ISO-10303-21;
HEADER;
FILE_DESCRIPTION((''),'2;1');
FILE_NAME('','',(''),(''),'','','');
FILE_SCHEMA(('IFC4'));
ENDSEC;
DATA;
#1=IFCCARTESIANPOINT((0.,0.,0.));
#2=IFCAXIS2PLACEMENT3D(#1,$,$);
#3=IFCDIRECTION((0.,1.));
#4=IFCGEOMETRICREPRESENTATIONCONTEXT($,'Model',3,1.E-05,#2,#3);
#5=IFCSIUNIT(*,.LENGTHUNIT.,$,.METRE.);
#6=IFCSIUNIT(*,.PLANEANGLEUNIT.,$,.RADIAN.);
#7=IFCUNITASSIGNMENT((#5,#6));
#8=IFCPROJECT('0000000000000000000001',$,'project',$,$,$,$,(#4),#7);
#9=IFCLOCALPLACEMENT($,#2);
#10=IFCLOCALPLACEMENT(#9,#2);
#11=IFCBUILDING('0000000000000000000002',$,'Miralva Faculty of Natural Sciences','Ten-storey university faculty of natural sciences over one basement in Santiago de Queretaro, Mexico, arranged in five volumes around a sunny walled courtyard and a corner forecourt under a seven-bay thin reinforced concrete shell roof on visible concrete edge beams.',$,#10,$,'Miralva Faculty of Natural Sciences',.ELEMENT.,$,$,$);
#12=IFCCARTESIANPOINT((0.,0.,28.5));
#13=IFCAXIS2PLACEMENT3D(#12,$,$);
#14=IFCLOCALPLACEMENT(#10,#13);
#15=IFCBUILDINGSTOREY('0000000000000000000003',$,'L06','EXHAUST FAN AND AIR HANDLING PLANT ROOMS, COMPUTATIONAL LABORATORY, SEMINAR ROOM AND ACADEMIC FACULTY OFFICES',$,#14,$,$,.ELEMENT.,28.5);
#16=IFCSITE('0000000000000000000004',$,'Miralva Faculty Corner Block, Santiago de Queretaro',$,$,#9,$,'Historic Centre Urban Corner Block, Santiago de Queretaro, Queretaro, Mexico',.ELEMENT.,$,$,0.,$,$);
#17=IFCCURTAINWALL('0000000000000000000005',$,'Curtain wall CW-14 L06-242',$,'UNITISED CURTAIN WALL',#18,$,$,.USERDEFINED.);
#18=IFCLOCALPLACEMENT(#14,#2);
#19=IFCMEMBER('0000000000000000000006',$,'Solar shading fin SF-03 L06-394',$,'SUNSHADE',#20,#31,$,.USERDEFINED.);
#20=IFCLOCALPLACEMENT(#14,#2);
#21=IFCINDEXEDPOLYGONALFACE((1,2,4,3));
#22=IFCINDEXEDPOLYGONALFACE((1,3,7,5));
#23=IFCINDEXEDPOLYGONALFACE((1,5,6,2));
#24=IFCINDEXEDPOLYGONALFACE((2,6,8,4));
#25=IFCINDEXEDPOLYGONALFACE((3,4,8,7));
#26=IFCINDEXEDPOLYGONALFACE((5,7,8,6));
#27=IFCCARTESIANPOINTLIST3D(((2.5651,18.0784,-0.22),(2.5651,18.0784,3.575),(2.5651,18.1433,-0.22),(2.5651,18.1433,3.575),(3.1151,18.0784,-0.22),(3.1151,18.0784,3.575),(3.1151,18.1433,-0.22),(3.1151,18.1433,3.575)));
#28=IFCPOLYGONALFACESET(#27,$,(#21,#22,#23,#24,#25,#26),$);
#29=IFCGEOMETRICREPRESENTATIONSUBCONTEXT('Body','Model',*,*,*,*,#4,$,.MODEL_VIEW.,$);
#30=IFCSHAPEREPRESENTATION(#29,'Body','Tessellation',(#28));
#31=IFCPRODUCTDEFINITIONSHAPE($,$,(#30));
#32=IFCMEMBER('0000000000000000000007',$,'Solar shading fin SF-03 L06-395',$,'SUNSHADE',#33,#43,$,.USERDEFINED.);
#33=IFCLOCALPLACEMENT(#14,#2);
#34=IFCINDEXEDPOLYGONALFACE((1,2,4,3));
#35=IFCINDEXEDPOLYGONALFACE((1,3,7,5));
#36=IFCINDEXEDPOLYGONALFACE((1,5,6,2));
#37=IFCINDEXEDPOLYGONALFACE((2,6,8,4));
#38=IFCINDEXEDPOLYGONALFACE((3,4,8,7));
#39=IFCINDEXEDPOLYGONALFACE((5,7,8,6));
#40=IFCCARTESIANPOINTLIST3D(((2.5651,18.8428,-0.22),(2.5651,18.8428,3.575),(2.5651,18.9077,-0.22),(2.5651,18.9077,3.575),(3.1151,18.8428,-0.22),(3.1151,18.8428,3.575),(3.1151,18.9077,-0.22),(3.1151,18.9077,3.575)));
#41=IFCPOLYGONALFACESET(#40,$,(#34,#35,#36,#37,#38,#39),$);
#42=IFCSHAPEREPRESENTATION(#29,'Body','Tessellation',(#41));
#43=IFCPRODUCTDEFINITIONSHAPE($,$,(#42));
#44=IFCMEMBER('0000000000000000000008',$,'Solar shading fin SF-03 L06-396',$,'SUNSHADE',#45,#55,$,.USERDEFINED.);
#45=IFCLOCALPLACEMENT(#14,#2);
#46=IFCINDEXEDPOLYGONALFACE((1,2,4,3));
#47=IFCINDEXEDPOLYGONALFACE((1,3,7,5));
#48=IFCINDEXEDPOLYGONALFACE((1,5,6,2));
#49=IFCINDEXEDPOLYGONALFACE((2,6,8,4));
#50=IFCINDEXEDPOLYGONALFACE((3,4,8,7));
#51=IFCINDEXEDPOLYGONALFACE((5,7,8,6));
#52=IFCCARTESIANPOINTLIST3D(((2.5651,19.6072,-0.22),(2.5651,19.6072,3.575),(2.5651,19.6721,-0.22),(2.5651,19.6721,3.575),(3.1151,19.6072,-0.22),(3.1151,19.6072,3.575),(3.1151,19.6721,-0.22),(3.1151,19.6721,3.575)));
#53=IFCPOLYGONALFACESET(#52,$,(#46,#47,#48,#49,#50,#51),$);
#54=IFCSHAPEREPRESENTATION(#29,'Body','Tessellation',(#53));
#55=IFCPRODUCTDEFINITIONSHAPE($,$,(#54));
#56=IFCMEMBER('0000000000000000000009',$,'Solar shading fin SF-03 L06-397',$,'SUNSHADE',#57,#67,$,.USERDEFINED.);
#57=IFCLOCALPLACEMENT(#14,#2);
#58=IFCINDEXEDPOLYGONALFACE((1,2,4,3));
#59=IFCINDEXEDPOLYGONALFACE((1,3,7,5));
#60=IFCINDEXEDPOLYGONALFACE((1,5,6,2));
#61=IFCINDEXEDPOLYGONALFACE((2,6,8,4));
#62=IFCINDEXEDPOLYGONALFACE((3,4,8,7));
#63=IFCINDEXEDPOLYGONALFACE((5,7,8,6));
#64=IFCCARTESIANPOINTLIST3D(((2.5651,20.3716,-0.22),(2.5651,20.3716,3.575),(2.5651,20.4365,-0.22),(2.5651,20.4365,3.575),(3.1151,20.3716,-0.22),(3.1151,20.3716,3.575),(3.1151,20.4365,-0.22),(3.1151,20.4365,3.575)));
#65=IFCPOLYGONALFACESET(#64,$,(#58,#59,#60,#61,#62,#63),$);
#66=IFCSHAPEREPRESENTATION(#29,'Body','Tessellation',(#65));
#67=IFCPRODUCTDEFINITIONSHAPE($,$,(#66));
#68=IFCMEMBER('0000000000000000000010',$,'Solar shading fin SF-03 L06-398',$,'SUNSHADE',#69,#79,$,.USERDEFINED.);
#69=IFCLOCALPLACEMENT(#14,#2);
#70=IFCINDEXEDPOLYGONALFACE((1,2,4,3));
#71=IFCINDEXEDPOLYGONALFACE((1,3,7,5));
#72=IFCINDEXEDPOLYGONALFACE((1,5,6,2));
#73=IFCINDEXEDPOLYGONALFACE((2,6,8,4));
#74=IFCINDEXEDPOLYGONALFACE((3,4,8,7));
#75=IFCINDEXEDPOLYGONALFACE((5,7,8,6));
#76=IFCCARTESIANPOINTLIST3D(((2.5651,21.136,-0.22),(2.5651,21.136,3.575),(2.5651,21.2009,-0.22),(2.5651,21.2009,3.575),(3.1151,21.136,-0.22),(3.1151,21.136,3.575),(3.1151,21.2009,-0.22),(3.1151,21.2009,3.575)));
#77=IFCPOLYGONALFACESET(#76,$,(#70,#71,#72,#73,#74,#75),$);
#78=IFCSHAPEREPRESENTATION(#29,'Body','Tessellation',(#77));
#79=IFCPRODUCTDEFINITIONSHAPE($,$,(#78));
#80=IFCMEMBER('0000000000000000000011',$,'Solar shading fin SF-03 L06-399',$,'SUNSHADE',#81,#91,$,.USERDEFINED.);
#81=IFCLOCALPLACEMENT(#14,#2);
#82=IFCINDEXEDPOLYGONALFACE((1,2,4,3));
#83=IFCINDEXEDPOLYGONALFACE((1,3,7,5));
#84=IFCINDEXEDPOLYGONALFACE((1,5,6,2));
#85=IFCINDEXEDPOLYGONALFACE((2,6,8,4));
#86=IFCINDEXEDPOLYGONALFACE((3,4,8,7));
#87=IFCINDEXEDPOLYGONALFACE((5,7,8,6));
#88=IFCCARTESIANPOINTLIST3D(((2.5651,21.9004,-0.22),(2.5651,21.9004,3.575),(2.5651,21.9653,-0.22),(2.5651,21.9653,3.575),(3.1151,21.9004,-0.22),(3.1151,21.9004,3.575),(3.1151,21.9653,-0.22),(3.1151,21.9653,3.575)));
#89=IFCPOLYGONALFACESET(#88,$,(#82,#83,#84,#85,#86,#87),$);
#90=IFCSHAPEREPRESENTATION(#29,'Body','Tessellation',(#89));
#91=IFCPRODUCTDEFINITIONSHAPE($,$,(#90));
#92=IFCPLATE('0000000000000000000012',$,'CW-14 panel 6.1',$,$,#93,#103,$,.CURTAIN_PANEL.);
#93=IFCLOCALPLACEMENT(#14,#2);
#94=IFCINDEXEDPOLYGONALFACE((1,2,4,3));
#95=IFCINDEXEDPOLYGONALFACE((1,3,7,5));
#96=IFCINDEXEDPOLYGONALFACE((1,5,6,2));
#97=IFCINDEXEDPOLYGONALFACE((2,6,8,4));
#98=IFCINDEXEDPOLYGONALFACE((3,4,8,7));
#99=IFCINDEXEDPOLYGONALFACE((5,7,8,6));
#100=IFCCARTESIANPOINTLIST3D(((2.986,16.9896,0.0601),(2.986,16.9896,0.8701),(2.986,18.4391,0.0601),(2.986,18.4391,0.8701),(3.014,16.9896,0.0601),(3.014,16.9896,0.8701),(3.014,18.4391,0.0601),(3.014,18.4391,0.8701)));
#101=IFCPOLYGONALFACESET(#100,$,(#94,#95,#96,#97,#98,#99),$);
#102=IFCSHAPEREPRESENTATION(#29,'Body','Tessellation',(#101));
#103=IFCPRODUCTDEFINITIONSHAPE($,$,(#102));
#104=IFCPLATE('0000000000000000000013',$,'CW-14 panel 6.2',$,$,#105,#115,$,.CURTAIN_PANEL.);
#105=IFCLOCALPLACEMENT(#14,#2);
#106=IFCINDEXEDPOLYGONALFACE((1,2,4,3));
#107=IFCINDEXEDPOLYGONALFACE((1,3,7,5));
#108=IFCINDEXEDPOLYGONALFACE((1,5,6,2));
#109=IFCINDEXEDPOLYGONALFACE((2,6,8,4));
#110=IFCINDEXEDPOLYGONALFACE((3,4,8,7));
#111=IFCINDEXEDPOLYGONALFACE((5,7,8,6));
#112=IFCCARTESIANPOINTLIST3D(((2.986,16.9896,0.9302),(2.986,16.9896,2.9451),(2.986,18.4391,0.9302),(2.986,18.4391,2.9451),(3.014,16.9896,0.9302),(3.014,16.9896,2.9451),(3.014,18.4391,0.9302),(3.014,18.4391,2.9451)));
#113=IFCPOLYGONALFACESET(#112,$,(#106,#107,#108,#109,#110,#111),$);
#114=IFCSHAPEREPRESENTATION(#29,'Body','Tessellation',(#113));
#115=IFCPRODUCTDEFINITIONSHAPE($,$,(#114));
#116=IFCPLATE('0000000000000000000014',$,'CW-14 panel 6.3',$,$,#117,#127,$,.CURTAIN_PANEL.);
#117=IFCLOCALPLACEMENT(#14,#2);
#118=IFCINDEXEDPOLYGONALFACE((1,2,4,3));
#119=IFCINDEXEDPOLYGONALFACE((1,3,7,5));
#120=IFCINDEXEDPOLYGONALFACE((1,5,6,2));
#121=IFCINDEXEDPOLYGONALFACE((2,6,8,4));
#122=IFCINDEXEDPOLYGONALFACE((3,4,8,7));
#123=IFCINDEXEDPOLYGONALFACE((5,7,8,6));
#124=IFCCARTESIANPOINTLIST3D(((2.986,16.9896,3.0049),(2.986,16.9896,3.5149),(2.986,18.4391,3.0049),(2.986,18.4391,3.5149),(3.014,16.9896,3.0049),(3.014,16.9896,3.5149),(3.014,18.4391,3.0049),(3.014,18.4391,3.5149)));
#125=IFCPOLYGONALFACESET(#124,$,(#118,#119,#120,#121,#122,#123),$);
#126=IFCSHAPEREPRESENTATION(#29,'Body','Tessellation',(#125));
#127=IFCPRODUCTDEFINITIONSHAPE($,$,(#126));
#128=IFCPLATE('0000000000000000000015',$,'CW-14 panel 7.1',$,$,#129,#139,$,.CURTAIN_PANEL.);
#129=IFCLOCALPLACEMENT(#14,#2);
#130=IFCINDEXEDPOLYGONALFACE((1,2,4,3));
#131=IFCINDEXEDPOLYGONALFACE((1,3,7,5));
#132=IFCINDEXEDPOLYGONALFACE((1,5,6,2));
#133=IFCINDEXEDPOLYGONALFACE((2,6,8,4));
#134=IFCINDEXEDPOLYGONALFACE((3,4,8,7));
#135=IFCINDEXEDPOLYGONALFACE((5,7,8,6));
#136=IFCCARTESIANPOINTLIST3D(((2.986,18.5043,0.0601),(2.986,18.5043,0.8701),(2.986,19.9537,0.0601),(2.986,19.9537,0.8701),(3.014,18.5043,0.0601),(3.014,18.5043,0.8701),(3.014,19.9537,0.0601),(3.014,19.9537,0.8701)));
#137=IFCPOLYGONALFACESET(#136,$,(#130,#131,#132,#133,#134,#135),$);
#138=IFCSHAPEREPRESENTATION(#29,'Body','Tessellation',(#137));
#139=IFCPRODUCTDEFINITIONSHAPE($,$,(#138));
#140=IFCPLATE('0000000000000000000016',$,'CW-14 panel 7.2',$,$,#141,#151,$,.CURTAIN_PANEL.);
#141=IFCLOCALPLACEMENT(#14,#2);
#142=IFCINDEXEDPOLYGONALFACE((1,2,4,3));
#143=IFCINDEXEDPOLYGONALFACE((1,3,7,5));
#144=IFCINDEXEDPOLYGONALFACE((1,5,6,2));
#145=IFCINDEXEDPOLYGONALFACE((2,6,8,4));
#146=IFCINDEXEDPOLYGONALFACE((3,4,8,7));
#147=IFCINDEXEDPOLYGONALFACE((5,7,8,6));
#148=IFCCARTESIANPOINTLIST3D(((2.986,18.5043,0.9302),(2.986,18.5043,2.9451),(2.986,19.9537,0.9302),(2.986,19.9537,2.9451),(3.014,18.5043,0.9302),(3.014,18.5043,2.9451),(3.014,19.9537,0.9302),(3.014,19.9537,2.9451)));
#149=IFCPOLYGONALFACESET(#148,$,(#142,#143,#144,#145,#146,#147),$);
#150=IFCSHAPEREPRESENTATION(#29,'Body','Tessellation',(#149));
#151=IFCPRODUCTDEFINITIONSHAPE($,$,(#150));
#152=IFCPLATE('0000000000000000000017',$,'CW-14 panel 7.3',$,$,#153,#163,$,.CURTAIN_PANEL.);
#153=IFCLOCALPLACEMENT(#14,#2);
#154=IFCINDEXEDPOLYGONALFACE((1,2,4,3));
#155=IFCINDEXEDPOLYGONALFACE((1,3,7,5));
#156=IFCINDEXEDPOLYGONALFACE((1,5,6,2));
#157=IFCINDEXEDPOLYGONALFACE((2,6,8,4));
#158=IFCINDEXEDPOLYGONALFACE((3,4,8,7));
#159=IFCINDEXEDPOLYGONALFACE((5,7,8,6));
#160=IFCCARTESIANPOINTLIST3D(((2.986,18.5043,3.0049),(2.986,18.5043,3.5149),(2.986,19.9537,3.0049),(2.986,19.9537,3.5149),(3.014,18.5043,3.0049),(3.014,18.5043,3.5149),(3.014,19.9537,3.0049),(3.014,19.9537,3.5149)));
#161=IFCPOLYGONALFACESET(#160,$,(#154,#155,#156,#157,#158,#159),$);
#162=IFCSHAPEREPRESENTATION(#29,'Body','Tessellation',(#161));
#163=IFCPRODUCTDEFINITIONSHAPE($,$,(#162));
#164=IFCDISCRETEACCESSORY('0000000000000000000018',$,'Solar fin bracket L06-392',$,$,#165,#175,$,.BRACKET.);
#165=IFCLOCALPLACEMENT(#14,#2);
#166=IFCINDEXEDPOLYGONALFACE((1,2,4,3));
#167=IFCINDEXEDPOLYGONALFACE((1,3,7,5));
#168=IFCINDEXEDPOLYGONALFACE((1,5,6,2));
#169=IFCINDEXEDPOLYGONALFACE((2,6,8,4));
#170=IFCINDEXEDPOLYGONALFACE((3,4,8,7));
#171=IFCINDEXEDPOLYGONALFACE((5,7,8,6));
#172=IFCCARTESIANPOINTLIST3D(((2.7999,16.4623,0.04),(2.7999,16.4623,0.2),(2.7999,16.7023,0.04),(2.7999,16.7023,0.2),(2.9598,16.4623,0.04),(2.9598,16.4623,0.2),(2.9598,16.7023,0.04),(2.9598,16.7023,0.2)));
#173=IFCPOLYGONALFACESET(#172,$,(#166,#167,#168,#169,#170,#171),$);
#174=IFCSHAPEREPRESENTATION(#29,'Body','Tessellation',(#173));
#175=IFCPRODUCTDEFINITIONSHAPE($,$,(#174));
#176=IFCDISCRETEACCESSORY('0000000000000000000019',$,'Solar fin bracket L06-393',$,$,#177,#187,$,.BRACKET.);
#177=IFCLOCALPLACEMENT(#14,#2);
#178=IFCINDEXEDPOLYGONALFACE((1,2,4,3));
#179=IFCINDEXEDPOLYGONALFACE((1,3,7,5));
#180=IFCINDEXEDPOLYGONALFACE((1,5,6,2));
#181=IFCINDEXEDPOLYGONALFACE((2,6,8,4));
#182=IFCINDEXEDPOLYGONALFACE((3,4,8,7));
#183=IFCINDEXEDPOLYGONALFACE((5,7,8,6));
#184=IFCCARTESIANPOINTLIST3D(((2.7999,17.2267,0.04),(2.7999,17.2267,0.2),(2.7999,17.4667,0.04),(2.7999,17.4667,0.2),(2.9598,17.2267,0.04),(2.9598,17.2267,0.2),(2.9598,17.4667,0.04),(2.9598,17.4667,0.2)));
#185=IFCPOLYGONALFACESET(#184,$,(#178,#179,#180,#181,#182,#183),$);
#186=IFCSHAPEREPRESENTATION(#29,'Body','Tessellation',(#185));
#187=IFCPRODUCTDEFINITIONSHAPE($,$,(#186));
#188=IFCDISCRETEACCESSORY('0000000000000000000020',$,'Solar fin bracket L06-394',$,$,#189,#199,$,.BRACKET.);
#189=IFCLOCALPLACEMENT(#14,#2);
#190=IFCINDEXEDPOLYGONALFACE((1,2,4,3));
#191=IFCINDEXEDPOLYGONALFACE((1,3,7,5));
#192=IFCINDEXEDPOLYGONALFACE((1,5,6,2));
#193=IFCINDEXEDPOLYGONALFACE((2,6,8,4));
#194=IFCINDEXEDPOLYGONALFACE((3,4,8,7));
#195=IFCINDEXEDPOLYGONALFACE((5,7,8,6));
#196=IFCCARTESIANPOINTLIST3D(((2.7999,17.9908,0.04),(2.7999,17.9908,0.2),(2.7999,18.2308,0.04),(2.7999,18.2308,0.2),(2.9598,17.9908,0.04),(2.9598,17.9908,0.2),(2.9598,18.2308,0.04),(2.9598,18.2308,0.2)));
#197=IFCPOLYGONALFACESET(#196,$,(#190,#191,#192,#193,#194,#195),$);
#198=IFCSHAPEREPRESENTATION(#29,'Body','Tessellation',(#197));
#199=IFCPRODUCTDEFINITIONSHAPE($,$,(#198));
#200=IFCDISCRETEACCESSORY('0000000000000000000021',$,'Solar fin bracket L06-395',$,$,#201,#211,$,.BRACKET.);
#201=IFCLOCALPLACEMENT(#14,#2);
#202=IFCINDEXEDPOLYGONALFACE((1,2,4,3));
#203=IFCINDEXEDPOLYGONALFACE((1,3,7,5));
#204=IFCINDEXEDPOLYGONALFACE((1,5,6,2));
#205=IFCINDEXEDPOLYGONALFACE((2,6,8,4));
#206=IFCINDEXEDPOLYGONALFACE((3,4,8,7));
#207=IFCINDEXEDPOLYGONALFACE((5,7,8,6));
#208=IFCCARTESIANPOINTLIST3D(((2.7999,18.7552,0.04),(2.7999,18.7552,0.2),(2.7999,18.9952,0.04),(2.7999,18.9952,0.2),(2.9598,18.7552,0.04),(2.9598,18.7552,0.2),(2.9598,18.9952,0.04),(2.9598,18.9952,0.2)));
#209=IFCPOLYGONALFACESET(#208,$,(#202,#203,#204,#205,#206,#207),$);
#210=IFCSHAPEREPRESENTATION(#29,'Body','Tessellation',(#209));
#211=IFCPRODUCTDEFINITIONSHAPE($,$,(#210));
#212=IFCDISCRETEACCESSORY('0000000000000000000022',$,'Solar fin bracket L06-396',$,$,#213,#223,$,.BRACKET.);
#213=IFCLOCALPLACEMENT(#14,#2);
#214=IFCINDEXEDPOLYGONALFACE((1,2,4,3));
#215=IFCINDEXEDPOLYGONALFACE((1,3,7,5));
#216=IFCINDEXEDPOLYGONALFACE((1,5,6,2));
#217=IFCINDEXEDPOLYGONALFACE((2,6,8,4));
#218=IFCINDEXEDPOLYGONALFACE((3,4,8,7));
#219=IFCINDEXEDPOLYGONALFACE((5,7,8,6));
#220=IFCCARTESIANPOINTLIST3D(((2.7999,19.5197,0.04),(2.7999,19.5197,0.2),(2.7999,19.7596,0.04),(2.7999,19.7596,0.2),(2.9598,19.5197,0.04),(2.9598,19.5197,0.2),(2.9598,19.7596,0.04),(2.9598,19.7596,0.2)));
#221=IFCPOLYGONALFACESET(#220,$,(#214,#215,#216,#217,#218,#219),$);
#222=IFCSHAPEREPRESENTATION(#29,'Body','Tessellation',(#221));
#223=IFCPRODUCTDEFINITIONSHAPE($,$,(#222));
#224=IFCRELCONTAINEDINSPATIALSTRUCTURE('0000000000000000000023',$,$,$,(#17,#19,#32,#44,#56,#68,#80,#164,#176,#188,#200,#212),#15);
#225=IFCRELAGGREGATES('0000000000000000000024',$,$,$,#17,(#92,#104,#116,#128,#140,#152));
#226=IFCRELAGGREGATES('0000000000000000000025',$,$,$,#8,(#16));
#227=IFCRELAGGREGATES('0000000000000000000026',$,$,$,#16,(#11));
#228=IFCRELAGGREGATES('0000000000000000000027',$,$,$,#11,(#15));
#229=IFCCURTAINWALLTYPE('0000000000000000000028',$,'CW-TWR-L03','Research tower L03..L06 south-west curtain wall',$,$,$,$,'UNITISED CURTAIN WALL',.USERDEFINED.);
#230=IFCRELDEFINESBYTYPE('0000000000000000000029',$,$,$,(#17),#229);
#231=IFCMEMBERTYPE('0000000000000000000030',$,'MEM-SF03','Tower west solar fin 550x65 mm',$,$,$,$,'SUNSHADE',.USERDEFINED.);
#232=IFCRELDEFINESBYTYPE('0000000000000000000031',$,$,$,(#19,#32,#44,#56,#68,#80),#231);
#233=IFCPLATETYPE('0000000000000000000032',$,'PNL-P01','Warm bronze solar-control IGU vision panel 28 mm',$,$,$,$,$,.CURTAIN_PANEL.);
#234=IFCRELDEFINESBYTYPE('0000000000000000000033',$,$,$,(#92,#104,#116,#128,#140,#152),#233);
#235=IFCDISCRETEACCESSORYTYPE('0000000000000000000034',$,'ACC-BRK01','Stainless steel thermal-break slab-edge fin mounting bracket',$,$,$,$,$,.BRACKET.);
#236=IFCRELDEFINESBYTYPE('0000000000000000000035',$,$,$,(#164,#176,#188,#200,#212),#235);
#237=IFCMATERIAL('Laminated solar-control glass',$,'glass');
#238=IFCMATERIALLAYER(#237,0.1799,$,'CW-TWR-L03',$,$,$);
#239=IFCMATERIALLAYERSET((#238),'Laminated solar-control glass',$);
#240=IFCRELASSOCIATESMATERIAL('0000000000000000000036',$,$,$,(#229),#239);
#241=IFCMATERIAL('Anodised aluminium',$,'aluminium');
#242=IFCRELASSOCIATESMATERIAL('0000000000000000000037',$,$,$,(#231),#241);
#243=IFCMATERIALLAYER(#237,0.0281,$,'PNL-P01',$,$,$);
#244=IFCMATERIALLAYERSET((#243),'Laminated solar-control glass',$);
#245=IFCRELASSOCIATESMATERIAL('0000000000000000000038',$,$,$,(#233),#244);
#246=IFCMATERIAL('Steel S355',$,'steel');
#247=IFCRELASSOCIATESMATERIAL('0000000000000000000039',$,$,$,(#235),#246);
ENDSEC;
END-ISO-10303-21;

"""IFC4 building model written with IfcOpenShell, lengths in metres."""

from ifc_helpers import new_model, si_unit, direction, frame, origin, origin_2d, place, context, subcontext, project, spatial, rectangle, extrude, material, layer, layer_set, material_profile, profile_set, type_object, element, aggregate, save


model = new_model("IFC4")

# Units and contexts
model_context = context("Model", 3, precision=1e-05, world=origin(), true_north=direction((0.0, 1.0)))
body_context = subcontext(model_context, "Body", "Model", "MODEL_VIEW")
ifc_project = project(units=[si_unit("LENGTHUNIT", "METRE"), si_unit("PLANEANGLEUNIT", "RADIAN")], contexts=[model_context])

# Site, building, storey
site_placement = place(None, origin())
site = spatial("IfcSite", under=ifc_project, at=site_placement, Name="Miralva Faculty Corner Block, Santiago de Queretaro", LongName="Historic Centre Urban Corner Block, Santiago de Queretaro, Queretaro, Mexico", CompositionType="ELEMENT", RefElevation=0.0)
building_placement = place(site_placement, origin())
building = spatial("IfcBuilding", under=site, at=building_placement, Name="Miralva Faculty of Natural Sciences", Description="Ten-storey university faculty of natural sciences over one basement in Santiago de Queretaro, Mexico, arranged in five volumes around a sunny walled courtyard and a corner forecourt under a seven-bay thin reinforced concrete shell roof on visible concrete edge beams.", LongName="Miralva Faculty of Natural Sciences", CompositionType="ELEMENT")
storey_placement = place(building_placement, frame((0.0, 0.0, 28.5)))
storey = spatial("IfcBuildingStorey", under=building, at=storey_placement, Name="L06", Description="EXHAUST FAN AND AIR HANDLING PLANT ROOMS, COMPUTATIONAL LABORATORY, SEMINAR ROOM AND ACADEMIC FACULTY OFFICES", CompositionType="ELEMENT", Elevation=28.5)

# Curtain wall
ifc_material_1 = material(Name="Laminated solar-control glass", Category="glass")
ifc_layer_1 = layer(ifc_material_1, 0.1799, Name="CW-TWR-L03")
ifc_layer_set_1 = layer_set([ifc_layer_1], Name="Laminated solar-control glass")
curtain_wall_type = type_object("IfcCurtainWallType", Name="CW-TWR-L03", Description="Research tower L03..L06 south-west curtain wall", ElementType="UNITISED CURTAIN WALL", PredefinedType="USERDEFINED", material=ifc_layer_set_1)
curtain_wall_placement = place(storey_placement, origin())
curtain_wall = element("IfcCurtainWall", 1, at=curtain_wall_placement, inside=storey, type_object=curtain_wall_type, Name="Curtain wall CW-14 L06-242", ObjectType="UNITISED CURTAIN WALL", PredefinedType="USERDEFINED")
ifc_material_2 = material(Name="Anodised aluminium", Category="aluminium")

# Members
ifc_material_profile_1 = material_profile(ifc_material_2, rectangle(XDim=0.0649, YDim=0.55, at=origin_2d()), Name="FIN 550x65")
ifc_profile_set_1 = profile_set([ifc_material_profile_1], Name="Anodised aluminium")
member_type_1 = type_object("IfcMemberType", Name="MEM-SF03", Description="Tower west solar fin 550x65 mm", ElementType="SUNSHADE", PredefinedType="USERDEFINED", material=ifc_profile_set_1)
for number, where, z_axis, x_axis, name in (
    (2, (2.8401, 18.1108, -0.22), (0.0, 0.0, 1.0), (0.0, -1.0, 0.0), "Solar shading fin SF-03 L06-394"),
    (3, (2.8401, 18.8752, -0.22), (0.0, 0.0, 1.0), (0.0, -1.0, 0.0), "Solar shading fin SF-03 L06-395"),
    (4, (2.8401, 19.6396, -0.22), (0.0, 0.0, 1.0), (0.0, -1.0, 0.0), "Solar shading fin SF-03 L06-396"),
    (5, (2.8401, 20.4041, -0.22), (0.0, 0.0, 1.0), (0.0, -1.0, 0.0), "Solar shading fin SF-03 L06-397"),
    (6, (2.8401, 21.1685, -0.22), (0.0, 0.0, 1.0), (0.0, -1.0, 0.0), "Solar shading fin SF-03 L06-398"),
    (7, (2.8401, 21.9329, -0.22), (0.0, 0.0, 1.0), (0.0, -1.0, 0.0), "Solar shading fin SF-03 L06-399"),
):
    element("IfcMember", number, at=place(storey_placement, frame(where, z_axis=z_axis, x_axis=x_axis)), inside=storey, type_object=member_type_1, Name=name, ObjectType="SUNSHADE", PredefinedType="USERDEFINED", context=body_context, shape_type="SweptSolid", body=[
        extrude(rectangle(XDim=0.0649, YDim=0.55, at=origin_2d()), origin(), (0.0, 0.0, 1.0), 3.7949),
    ])

# Plates
ifc_layer_2 = layer(ifc_material_1, 0.0281, Name="PNL-P01")
ifc_layer_set_2 = layer_set([ifc_layer_2], Name="Laminated solar-control glass")
plate_type = type_object("IfcPlateType", Name="PNL-P01", Description="Warm bronze solar-control IGU vision panel 28 mm", PredefinedType="CURTAIN_PANEL", material=ifc_layer_set_2)
plate_1_placement = place(storey_placement, frame((3.0, 17.7144, 0.0601), z_axis=(0.0, 0.0, 1.0), x_axis=(0.0, 1.0, 0.0)))
plate_1 = element("IfcPlate", 8, at=plate_1_placement, type_object=plate_type, Name="CW-14 panel 6.1", PredefinedType="CURTAIN_PANEL", context=body_context, shape_type="SweptSolid", body=[
    extrude(rectangle(XDim=1.4495, YDim=0.0281, at=origin_2d()), origin(), (0.0, 0.0, 1.0), 0.8101),
])
plate_2_placement = place(storey_placement, frame((3.0, 17.7144, 0.9302), z_axis=(0.0, 0.0, 1.0), x_axis=(0.0, 1.0, 0.0)))
plate_2 = element("IfcPlate", 9, at=plate_2_placement, type_object=plate_type, Name="CW-14 panel 6.2", PredefinedType="CURTAIN_PANEL", context=body_context, shape_type="SweptSolid", body=[
    extrude(rectangle(XDim=1.4495, YDim=0.0281, at=origin_2d()), origin(), (0.0, 0.0, 1.0), 2.0149),
])
plate_3_placement = place(storey_placement, frame((3.0, 17.7144, 3.0049), z_axis=(0.0, 0.0, 1.0), x_axis=(0.0, 1.0, 0.0)))
plate_3 = element("IfcPlate", 10, at=plate_3_placement, type_object=plate_type, Name="CW-14 panel 6.3", PredefinedType="CURTAIN_PANEL", context=body_context, shape_type="SweptSolid", body=[
    extrude(rectangle(XDim=1.4495, YDim=0.0281, at=origin_2d()), origin(), (0.0, 0.0, 1.0), 0.51),
])
plate_4_placement = place(storey_placement, frame((3.0, 19.229, 0.0601), z_axis=(0.0, 0.0, 1.0), x_axis=(0.0, 1.0, 0.0)))
plate_4 = element("IfcPlate", 11, at=plate_4_placement, type_object=plate_type, Name="CW-14 panel 7.1", PredefinedType="CURTAIN_PANEL", context=body_context, shape_type="SweptSolid", body=[
    extrude(rectangle(XDim=1.4495, YDim=0.0281, at=origin_2d()), origin(), (0.0, 0.0, 1.0), 0.8101),
])
plate_5_placement = place(storey_placement, frame((3.0, 19.229, 0.9302), z_axis=(0.0, 0.0, 1.0), x_axis=(0.0, 1.0, 0.0)))
plate_5 = element("IfcPlate", 12, at=plate_5_placement, type_object=plate_type, Name="CW-14 panel 7.2", PredefinedType="CURTAIN_PANEL", context=body_context, shape_type="SweptSolid", body=[
    extrude(rectangle(XDim=1.4495, YDim=0.0281, at=origin_2d()), origin(), (0.0, 0.0, 1.0), 2.0149),
])
plate_6_placement = place(storey_placement, frame((3.0, 19.229, 3.0049), z_axis=(0.0, 0.0, 1.0), x_axis=(0.0, 1.0, 0.0)))
plate_6 = element("IfcPlate", 13, at=plate_6_placement, type_object=plate_type, Name="CW-14 panel 7.3", PredefinedType="CURTAIN_PANEL", context=body_context, shape_type="SweptSolid", body=[
    extrude(rectangle(XDim=1.4495, YDim=0.0281, at=origin_2d()), origin(), (0.0, 0.0, 1.0), 0.51),
])
aggregate(curtain_wall, [plate_1, plate_2, plate_3, plate_4, plate_5, plate_6])

# Discrete accessories
ifc_material_3 = material(Name="Steel S355", Category="steel")
discrete_accessory_type = type_object("IfcDiscreteAccessoryType", Name="ACC-BRK01", Description="Stainless steel thermal-break slab-edge fin mounting bracket", PredefinedType="BRACKET", material=ifc_material_3)
for number, where, z_axis, x_axis, name in (
    (14, (2.8799, 16.5823, 0.04), (0.0, 0.0, 1.0), (-1.0, 0.0, 0.0), "Solar fin bracket L06-392"),
    (15, (2.8799, 17.3467, 0.04), (0.0, 0.0, 1.0), (-1.0, 0.0, 0.0), "Solar fin bracket L06-393"),
    (16, (2.8799, 18.1108, 0.04), (0.0, 0.0, 1.0), (-1.0, 0.0, 0.0), "Solar fin bracket L06-394"),
    (17, (2.8799, 18.8752, 0.04), (0.0, 0.0, 1.0), (-1.0, 0.0, 0.0), "Solar fin bracket L06-395"),
    (18, (2.8799, 19.6396, 0.04), (0.0, 0.0, 1.0), (-1.0, 0.0, 0.0), "Solar fin bracket L06-396"),
):
    element("IfcDiscreteAccessory", number, at=place(storey_placement, frame(where, z_axis=z_axis, x_axis=x_axis)), inside=storey, type_object=discrete_accessory_type, Name=name, PredefinedType="BRACKET", context=body_context, shape_type="SweptSolid", body=[
        extrude(rectangle(XDim=0.1599, YDim=0.24, at=origin_2d()), origin(), (0.0, 0.0, 1.0), 0.1599),
    ])

save(model, "model.ifc")
